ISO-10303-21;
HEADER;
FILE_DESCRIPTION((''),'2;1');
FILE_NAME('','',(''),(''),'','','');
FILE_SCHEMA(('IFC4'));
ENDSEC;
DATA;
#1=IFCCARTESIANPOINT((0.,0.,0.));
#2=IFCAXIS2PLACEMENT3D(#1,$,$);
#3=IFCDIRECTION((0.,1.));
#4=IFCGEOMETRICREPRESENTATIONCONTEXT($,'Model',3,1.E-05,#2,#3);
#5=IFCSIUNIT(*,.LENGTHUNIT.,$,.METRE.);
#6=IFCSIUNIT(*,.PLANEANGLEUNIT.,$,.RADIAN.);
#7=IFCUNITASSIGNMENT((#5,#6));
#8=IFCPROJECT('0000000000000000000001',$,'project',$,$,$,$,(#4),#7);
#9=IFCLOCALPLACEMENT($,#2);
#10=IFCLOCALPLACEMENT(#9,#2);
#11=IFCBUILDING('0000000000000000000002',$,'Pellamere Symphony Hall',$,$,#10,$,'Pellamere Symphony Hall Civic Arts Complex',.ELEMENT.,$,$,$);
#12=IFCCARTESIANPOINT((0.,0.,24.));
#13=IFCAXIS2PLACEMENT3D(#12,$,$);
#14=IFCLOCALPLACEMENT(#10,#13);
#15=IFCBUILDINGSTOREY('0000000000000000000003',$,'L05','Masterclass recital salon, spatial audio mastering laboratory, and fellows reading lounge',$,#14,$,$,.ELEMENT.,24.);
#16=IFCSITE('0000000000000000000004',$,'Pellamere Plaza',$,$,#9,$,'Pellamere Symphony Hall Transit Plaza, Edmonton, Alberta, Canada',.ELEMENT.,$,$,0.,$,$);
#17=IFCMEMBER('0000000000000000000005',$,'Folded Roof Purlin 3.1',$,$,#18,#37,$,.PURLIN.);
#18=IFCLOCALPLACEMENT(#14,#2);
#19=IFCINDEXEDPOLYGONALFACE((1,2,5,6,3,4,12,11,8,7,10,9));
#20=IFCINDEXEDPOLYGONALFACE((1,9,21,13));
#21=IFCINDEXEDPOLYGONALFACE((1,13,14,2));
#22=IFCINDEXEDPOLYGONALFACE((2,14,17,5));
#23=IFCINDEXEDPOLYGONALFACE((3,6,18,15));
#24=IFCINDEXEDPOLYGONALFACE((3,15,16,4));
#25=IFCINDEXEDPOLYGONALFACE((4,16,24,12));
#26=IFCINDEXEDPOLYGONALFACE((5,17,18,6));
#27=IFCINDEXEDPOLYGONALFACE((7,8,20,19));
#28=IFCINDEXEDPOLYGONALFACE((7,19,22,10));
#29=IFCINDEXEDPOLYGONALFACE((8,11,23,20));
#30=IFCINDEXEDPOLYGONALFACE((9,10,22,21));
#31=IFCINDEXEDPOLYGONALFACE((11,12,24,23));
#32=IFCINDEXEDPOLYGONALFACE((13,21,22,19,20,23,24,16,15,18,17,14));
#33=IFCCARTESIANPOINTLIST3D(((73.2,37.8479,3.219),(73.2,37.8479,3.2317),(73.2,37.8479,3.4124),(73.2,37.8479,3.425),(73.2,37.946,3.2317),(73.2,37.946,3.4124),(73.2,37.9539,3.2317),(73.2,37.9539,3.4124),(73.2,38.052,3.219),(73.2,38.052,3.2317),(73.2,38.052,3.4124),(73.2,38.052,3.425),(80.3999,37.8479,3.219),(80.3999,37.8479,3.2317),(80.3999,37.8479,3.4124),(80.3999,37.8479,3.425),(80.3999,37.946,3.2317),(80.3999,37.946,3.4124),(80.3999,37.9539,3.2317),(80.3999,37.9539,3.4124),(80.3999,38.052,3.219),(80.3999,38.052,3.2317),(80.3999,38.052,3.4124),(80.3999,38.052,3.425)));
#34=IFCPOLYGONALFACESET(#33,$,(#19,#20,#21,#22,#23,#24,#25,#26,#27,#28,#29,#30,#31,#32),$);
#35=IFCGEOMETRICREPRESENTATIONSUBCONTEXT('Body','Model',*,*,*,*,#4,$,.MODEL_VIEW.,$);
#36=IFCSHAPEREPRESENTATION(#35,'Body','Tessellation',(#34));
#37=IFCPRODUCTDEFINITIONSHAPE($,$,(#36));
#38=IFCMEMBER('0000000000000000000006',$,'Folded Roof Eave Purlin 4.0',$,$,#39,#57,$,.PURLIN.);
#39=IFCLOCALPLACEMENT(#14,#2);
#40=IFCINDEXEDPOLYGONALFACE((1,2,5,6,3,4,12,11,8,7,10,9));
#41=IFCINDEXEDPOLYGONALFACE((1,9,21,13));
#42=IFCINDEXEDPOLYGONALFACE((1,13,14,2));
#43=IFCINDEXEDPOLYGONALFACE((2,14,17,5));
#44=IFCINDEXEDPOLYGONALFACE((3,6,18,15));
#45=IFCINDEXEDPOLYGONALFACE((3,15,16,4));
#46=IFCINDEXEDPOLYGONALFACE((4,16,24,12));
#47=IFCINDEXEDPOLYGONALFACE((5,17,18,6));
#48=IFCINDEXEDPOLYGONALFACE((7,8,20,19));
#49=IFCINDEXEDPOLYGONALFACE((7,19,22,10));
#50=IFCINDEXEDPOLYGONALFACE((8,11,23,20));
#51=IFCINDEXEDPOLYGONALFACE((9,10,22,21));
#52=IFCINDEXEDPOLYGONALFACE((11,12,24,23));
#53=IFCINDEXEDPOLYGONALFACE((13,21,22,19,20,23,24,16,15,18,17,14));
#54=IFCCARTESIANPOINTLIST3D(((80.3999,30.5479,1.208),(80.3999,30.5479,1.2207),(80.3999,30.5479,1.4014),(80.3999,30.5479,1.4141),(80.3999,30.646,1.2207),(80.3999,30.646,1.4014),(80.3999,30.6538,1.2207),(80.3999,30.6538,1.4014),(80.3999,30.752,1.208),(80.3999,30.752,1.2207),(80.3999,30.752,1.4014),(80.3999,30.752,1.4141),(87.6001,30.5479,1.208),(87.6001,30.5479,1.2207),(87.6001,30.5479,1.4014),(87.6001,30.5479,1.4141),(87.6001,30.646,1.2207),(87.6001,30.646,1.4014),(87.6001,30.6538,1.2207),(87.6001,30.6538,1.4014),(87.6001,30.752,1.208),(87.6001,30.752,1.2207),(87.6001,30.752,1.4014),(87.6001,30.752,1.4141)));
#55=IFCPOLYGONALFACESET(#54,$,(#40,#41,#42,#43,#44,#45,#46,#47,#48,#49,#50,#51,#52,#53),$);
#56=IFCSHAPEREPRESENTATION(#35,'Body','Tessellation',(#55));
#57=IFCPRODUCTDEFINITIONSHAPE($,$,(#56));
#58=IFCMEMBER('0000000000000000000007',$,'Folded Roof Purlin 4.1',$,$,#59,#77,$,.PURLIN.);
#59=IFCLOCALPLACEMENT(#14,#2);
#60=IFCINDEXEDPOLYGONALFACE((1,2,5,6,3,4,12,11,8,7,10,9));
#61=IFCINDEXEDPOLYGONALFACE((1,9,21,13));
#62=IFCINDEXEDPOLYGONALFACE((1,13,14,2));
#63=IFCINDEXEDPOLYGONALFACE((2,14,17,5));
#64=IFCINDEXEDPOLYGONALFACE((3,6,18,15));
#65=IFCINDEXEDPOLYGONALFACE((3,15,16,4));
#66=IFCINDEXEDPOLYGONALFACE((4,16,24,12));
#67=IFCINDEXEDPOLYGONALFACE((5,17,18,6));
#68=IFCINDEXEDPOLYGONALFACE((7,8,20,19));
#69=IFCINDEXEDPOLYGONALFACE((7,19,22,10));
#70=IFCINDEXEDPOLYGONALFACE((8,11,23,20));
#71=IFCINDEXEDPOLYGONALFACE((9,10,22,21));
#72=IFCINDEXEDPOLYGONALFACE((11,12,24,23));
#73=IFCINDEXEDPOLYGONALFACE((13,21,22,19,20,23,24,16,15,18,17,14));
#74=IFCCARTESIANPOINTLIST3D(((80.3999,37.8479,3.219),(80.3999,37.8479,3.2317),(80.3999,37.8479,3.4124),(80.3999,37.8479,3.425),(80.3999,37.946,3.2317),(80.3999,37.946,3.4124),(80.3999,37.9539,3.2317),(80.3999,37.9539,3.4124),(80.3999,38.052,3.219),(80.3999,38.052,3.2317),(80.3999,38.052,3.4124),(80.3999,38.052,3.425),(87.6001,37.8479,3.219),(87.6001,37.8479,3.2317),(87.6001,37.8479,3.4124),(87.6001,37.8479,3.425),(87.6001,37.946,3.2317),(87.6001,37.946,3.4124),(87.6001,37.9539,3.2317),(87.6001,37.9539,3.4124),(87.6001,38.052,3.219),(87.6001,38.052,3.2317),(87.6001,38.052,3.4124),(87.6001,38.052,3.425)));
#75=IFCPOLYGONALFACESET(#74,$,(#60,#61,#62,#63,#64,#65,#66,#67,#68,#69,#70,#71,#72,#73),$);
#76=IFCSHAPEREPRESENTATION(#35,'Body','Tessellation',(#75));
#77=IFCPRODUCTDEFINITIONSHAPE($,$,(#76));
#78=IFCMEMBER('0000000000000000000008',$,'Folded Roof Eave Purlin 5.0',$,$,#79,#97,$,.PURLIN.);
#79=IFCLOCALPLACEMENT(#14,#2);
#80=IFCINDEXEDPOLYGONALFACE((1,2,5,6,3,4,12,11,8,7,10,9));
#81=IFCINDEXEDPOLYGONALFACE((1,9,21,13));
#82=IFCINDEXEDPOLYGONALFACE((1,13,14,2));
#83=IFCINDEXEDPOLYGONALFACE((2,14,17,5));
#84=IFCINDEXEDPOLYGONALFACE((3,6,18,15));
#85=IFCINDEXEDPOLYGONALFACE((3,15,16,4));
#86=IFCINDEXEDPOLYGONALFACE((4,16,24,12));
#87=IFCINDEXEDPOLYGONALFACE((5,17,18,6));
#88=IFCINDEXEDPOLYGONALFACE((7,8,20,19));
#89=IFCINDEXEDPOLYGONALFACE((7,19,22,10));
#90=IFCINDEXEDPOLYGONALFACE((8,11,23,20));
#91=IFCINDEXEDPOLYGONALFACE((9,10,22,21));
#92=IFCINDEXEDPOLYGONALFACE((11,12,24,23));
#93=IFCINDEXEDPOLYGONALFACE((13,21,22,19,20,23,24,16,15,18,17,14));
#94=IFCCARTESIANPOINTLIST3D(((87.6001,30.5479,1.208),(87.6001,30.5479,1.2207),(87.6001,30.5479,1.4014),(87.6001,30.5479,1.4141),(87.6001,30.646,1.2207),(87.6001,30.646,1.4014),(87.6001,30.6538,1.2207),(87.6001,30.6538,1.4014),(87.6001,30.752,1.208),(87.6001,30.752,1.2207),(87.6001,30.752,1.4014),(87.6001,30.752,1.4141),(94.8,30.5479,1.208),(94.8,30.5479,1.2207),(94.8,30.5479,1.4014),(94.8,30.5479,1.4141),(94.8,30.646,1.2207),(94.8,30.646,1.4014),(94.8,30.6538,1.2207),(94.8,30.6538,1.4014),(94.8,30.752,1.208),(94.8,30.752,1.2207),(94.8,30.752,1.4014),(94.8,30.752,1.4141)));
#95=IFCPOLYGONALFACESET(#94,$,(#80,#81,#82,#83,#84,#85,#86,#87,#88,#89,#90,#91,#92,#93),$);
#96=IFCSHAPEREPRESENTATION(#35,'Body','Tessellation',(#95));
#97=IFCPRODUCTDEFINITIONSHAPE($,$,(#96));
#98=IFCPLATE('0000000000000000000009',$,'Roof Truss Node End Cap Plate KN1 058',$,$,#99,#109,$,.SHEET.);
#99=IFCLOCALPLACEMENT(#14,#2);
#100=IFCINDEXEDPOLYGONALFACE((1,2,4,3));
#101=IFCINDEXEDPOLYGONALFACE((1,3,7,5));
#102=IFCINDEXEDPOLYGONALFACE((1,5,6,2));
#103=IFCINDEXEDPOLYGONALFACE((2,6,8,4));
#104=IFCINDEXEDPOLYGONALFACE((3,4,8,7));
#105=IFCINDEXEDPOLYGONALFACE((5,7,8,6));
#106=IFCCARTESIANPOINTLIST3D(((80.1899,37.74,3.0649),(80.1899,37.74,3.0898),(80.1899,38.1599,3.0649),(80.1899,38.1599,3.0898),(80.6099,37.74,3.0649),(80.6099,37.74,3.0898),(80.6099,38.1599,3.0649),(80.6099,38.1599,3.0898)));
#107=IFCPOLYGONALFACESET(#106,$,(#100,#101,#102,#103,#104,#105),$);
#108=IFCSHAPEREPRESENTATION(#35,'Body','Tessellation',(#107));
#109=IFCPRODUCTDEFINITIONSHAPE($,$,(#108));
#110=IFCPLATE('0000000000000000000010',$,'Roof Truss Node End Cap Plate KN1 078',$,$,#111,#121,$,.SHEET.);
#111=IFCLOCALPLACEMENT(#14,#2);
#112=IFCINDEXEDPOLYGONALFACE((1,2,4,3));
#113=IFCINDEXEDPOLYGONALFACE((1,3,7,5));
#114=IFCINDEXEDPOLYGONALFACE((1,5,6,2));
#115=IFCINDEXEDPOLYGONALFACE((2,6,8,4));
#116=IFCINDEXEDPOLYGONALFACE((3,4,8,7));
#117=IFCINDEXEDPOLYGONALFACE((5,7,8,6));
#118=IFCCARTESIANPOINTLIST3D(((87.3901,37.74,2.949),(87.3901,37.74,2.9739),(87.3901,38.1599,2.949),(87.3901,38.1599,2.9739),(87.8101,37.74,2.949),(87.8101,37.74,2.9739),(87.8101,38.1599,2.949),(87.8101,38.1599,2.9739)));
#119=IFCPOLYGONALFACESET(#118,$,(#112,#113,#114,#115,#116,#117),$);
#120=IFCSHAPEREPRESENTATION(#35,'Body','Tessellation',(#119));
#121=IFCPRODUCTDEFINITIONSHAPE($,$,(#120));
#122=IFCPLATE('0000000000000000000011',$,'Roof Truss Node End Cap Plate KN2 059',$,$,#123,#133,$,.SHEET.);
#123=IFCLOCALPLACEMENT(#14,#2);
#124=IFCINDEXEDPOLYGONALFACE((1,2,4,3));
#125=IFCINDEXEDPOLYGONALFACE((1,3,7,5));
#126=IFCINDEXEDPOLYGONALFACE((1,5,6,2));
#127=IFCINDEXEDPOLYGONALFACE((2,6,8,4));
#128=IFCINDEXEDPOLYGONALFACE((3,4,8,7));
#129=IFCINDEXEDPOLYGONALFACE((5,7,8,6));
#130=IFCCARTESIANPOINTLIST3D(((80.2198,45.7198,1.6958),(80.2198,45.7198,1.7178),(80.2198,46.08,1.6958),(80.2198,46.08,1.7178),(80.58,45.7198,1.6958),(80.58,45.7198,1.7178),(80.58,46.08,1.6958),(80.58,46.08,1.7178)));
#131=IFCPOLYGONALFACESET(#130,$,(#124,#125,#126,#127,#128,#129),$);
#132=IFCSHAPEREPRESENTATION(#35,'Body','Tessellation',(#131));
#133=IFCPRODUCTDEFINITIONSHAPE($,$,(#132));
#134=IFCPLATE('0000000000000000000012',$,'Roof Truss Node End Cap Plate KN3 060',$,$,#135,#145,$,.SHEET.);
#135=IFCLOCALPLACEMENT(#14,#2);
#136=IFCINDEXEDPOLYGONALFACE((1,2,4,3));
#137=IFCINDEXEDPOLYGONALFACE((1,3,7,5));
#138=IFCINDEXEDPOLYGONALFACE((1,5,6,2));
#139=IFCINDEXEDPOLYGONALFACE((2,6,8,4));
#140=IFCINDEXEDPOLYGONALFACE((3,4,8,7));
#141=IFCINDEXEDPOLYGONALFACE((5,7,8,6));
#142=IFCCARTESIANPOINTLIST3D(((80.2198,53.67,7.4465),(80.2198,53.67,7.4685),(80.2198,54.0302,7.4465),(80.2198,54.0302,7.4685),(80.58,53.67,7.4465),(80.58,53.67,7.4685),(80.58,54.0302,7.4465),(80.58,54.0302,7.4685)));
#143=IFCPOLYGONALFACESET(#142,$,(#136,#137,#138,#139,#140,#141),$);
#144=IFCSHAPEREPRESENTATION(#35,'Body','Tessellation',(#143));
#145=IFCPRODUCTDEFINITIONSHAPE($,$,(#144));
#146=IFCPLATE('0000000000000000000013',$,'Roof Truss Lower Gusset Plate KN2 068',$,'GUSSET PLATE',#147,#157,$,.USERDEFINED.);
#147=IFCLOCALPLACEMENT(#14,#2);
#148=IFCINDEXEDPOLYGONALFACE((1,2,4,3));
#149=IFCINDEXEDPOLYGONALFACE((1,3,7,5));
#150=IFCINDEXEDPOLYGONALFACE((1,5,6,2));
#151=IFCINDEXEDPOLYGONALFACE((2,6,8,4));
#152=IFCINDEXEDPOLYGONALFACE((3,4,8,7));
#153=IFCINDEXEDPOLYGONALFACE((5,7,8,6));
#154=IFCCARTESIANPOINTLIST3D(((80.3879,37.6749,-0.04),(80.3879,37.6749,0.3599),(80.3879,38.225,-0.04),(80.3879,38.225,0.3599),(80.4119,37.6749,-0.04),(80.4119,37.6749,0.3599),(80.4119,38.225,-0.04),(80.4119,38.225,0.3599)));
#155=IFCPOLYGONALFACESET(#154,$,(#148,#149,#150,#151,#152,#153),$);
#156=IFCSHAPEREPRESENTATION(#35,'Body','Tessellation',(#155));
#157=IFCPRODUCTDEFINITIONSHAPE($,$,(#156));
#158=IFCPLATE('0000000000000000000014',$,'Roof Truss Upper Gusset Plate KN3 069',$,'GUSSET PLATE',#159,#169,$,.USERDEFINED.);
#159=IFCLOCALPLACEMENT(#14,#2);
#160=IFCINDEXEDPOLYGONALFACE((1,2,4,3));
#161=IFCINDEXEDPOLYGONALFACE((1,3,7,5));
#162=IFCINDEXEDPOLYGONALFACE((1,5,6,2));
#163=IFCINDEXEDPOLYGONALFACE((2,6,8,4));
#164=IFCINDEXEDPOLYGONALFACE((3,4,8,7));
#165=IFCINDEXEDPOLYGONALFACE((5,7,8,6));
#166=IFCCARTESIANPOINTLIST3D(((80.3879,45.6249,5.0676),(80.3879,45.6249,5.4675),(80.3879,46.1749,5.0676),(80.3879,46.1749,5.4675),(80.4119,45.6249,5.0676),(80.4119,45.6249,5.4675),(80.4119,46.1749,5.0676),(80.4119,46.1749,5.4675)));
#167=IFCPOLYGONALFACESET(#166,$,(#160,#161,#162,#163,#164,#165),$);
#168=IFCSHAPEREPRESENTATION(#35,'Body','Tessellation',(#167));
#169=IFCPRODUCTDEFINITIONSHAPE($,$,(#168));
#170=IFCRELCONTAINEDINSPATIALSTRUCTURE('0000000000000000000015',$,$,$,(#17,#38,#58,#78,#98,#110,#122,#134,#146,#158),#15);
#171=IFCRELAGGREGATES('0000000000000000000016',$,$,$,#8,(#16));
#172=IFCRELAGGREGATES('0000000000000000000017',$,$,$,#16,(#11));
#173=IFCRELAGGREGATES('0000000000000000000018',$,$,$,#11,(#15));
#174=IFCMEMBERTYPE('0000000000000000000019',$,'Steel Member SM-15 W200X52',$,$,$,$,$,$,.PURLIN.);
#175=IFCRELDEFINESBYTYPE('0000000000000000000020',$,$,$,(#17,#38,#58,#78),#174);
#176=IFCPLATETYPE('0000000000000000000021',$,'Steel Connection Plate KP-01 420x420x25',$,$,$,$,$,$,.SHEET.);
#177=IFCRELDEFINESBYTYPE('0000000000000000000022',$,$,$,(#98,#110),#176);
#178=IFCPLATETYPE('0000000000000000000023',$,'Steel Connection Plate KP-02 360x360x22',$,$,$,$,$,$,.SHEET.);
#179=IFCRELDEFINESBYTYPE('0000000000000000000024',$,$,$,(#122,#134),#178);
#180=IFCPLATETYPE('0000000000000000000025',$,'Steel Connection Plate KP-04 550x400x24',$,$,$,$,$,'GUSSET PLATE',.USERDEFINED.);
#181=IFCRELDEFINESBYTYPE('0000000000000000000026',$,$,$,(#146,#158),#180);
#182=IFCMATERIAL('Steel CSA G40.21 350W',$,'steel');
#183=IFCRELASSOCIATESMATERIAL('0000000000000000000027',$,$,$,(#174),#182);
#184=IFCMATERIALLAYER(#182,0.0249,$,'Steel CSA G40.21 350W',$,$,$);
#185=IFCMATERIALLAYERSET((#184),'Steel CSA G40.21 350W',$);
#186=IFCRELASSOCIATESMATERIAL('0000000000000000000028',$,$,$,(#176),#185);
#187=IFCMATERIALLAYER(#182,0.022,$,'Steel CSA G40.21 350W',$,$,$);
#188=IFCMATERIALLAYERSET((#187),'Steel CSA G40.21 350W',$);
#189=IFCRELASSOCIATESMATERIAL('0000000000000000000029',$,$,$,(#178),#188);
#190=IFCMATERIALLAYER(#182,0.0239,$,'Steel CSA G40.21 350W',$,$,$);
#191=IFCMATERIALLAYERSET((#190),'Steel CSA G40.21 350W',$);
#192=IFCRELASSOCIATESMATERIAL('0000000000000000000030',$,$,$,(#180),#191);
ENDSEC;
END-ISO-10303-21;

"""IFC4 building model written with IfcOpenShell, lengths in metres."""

from ifc_helpers import new_model, si_unit, direction, frame, origin, origin_2d, place, context, subcontext, project, spatial, rectangle, i_section, extrude, material, layer, layer_set, material_profile, profile_set, type_object, element, save


model = new_model("IFC4")

# Units and contexts
model_context = context("Model", 3, precision=1e-05, world=origin(), true_north=direction((0.0, 1.0)))
body_context = subcontext(model_context, "Body", "Model", "MODEL_VIEW")
ifc_project = project(units=[si_unit("LENGTHUNIT", "METRE"), si_unit("PLANEANGLEUNIT", "RADIAN")], contexts=[model_context])

# Site, building, storey
site_placement = place(None, origin())
site = spatial("IfcSite", under=ifc_project, at=site_placement, Name="Pellamere Plaza", LongName="Pellamere Symphony Hall Transit Plaza, Edmonton, Alberta, Canada", CompositionType="ELEMENT", RefElevation=0.0)
building_placement = place(site_placement, origin())
building = spatial("IfcBuilding", under=site, at=building_placement, Name="Pellamere Symphony Hall", LongName="Pellamere Symphony Hall Civic Arts Complex", CompositionType="ELEMENT")
storey_placement = place(building_placement, frame((0.0, 0.0, 24.0)))
storey = spatial("IfcBuildingStorey", under=building, at=storey_placement, Name="L05", Description="Masterclass recital salon, spatial audio mastering laboratory, and fellows reading lounge", CompositionType="ELEMENT", Elevation=24.0)

# Shared definitions
ifc_material_1 = material(Name="Steel CSA G40.21 350W", Category="steel")

# Members
ifc_material_profile_1 = material_profile(ifc_material_1, i_section(OverallWidth=0.2041, OverallDepth=0.2061, WebThickness=0.0078, FlangeThickness=0.0127, at=origin_2d()), Name="W200X52")
ifc_profile_set_1 = profile_set([ifc_material_profile_1], Name="Steel CSA G40.21 350W")
member_type_1 = type_object("IfcMemberType", Name="Steel Member SM-15 W200X52", PredefinedType="PURLIN", material=ifc_profile_set_1)
for number, where, z_axis, x_axis, name in (
    (1, (73.2, 37.95, 3.322), (1.0, 0.0, 0.0), (0.0, 1.0, 0.0), "Folded Roof Purlin 3.1"),
):
    element("IfcMember", number, at=place(storey_placement, frame(where, z_axis=z_axis, x_axis=x_axis)), inside=storey, type_object=member_type_1, Name=name, PredefinedType="PURLIN", context=body_context, shape_type="SweptSolid", body=[
        extrude(i_section(OverallWidth=0.2041, OverallDepth=0.2061, WebThickness=0.0078, FlangeThickness=0.0127, at=origin_2d()), origin(), (0.0, 0.0, 1.0), 7.2),
    ])
for number, where, z_axis, x_axis, name in (
    (2, (80.3999, 30.6499, 1.311), (1.0, 0.0, 0.0), (0.0, 1.0, 0.0), "Folded Roof Eave Purlin 4.0"),
    (3, (80.3999, 37.95, 3.322), (1.0, 0.0, 0.0), (0.0, 1.0, 0.0), "Folded Roof Purlin 4.1"),
):
    element("IfcMember", number, at=place(storey_placement, frame(where, z_axis=z_axis, x_axis=x_axis)), inside=storey, type_object=member_type_1, Name=name, PredefinedType="PURLIN", context=body_context, shape_type="SweptSolid", body=[
        extrude(i_section(OverallWidth=0.2041, OverallDepth=0.2061, WebThickness=0.0078, FlangeThickness=0.0127, at=origin_2d()), origin(), (0.0, 0.0, 1.0), 7.2002),
    ])
member_1_placement = place(storey_placement, frame((87.6001, 30.6499, 1.311), z_axis=(1.0, 0.0, 0.0), x_axis=(0.0, 1.0, 0.0)))
element("IfcMember", 4, at=member_1_placement, inside=storey, type_object=member_type_1, Name="Folded Roof Eave Purlin 5.0", PredefinedType="PURLIN", context=body_context, shape_type="SweptSolid", body=[
    extrude(i_section(OverallWidth=0.2041, OverallDepth=0.2061, WebThickness=0.0078, FlangeThickness=0.0127, at=origin_2d()), origin(), (0.0, 0.0, 1.0), 7.2),
])

# Plates
ifc_layer_1 = layer(ifc_material_1, 0.0249, Name="Steel CSA G40.21 350W")
ifc_layer_set_1 = layer_set([ifc_layer_1], Name="Steel CSA G40.21 350W")
plate_type_1 = type_object("IfcPlateType", Name="Steel Connection Plate KP-01 420x420x25", PredefinedType="SHEET", material=ifc_layer_set_1)
for number, where, z_axis, x_axis, name in (
    (5, (80.3999, 37.95, 3.0649), (0.0, 0.0, 1.0), (1.0, 0.0, 0.0), "Roof Truss Node End Cap Plate KN1 058"),
    (6, (87.6001, 37.95, 2.949), (0.0, 0.0, 1.0), (1.0, 0.0, 0.0), "Roof Truss Node End Cap Plate KN1 078"),
):
    element("IfcPlate", number, at=place(storey_placement, frame(where, z_axis=z_axis, x_axis=x_axis)), inside=storey, type_object=plate_type_1, Name=name, PredefinedType="SHEET", context=body_context, shape_type="SweptSolid", body=[
        extrude(rectangle(XDim=0.4199, YDim=0.4199, at=origin_2d()), origin(), (0.0, 0.0, 1.0), 0.0249),
    ])
ifc_layer_2 = layer(ifc_material_1, 0.022, Name="Steel CSA G40.21 350W")
ifc_layer_set_2 = layer_set([ifc_layer_2], Name="Steel CSA G40.21 350W")
plate_type_2 = type_object("IfcPlateType", Name="Steel Connection Plate KP-02 360x360x22", PredefinedType="SHEET", material=ifc_layer_set_2)
for number, where, z_axis, x_axis, name in (
    (7, (80.3999, 45.8999, 1.6958), (0.0, 0.0, 1.0), (1.0, 0.0, 0.0), "Roof Truss Node End Cap Plate KN2 059"),
    (8, (80.3999, 53.8501, 7.4465), (0.0, 0.0, 1.0), (1.0, 0.0, 0.0), "Roof Truss Node End Cap Plate KN3 060"),
):
    element("IfcPlate", number, at=place(storey_placement, frame(where, z_axis=z_axis, x_axis=x_axis)), inside=storey, type_object=plate_type_2, Name=name, PredefinedType="SHEET", context=body_context, shape_type="SweptSolid", body=[
        extrude(rectangle(XDim=0.3601, YDim=0.3601, at=origin_2d()), origin(), (0.0, 0.0, 1.0), 0.022),
    ])
ifc_layer_3 = layer(ifc_material_1, 0.0239, Name="Steel CSA G40.21 350W")
ifc_layer_set_3 = layer_set([ifc_layer_3], Name="Steel CSA G40.21 350W")
plate_type_3 = type_object("IfcPlateType", Name="Steel Connection Plate KP-04 550x400x24", ElementType="GUSSET PLATE", PredefinedType="USERDEFINED", material=ifc_layer_set_3)
for number, where, z_axis, x_axis, name in (
    (9, (80.3999, 37.95, -0.04), (0.0, 0.0, 1.0), (1.0, 0.0, 0.0), "Roof Truss Lower Gusset Plate KN2 068"),
    (10, (80.3999, 45.8999, 5.0676), (0.0, 0.0, 1.0), (1.0, 0.0, 0.0), "Roof Truss Upper Gusset Plate KN3 069"),
):
    element("IfcPlate", number, at=place(storey_placement, frame(where, z_axis=z_axis, x_axis=x_axis)), inside=storey, type_object=plate_type_3, Name=name, ObjectType="GUSSET PLATE", PredefinedType="USERDEFINED", context=body_context, shape_type="SweptSolid", body=[
        extrude(rectangle(XDim=0.0239, YDim=0.55, at=origin_2d()), origin(), (0.0, 0.0, 1.0), 0.3999),
    ])

save(model, "model.ifc")
